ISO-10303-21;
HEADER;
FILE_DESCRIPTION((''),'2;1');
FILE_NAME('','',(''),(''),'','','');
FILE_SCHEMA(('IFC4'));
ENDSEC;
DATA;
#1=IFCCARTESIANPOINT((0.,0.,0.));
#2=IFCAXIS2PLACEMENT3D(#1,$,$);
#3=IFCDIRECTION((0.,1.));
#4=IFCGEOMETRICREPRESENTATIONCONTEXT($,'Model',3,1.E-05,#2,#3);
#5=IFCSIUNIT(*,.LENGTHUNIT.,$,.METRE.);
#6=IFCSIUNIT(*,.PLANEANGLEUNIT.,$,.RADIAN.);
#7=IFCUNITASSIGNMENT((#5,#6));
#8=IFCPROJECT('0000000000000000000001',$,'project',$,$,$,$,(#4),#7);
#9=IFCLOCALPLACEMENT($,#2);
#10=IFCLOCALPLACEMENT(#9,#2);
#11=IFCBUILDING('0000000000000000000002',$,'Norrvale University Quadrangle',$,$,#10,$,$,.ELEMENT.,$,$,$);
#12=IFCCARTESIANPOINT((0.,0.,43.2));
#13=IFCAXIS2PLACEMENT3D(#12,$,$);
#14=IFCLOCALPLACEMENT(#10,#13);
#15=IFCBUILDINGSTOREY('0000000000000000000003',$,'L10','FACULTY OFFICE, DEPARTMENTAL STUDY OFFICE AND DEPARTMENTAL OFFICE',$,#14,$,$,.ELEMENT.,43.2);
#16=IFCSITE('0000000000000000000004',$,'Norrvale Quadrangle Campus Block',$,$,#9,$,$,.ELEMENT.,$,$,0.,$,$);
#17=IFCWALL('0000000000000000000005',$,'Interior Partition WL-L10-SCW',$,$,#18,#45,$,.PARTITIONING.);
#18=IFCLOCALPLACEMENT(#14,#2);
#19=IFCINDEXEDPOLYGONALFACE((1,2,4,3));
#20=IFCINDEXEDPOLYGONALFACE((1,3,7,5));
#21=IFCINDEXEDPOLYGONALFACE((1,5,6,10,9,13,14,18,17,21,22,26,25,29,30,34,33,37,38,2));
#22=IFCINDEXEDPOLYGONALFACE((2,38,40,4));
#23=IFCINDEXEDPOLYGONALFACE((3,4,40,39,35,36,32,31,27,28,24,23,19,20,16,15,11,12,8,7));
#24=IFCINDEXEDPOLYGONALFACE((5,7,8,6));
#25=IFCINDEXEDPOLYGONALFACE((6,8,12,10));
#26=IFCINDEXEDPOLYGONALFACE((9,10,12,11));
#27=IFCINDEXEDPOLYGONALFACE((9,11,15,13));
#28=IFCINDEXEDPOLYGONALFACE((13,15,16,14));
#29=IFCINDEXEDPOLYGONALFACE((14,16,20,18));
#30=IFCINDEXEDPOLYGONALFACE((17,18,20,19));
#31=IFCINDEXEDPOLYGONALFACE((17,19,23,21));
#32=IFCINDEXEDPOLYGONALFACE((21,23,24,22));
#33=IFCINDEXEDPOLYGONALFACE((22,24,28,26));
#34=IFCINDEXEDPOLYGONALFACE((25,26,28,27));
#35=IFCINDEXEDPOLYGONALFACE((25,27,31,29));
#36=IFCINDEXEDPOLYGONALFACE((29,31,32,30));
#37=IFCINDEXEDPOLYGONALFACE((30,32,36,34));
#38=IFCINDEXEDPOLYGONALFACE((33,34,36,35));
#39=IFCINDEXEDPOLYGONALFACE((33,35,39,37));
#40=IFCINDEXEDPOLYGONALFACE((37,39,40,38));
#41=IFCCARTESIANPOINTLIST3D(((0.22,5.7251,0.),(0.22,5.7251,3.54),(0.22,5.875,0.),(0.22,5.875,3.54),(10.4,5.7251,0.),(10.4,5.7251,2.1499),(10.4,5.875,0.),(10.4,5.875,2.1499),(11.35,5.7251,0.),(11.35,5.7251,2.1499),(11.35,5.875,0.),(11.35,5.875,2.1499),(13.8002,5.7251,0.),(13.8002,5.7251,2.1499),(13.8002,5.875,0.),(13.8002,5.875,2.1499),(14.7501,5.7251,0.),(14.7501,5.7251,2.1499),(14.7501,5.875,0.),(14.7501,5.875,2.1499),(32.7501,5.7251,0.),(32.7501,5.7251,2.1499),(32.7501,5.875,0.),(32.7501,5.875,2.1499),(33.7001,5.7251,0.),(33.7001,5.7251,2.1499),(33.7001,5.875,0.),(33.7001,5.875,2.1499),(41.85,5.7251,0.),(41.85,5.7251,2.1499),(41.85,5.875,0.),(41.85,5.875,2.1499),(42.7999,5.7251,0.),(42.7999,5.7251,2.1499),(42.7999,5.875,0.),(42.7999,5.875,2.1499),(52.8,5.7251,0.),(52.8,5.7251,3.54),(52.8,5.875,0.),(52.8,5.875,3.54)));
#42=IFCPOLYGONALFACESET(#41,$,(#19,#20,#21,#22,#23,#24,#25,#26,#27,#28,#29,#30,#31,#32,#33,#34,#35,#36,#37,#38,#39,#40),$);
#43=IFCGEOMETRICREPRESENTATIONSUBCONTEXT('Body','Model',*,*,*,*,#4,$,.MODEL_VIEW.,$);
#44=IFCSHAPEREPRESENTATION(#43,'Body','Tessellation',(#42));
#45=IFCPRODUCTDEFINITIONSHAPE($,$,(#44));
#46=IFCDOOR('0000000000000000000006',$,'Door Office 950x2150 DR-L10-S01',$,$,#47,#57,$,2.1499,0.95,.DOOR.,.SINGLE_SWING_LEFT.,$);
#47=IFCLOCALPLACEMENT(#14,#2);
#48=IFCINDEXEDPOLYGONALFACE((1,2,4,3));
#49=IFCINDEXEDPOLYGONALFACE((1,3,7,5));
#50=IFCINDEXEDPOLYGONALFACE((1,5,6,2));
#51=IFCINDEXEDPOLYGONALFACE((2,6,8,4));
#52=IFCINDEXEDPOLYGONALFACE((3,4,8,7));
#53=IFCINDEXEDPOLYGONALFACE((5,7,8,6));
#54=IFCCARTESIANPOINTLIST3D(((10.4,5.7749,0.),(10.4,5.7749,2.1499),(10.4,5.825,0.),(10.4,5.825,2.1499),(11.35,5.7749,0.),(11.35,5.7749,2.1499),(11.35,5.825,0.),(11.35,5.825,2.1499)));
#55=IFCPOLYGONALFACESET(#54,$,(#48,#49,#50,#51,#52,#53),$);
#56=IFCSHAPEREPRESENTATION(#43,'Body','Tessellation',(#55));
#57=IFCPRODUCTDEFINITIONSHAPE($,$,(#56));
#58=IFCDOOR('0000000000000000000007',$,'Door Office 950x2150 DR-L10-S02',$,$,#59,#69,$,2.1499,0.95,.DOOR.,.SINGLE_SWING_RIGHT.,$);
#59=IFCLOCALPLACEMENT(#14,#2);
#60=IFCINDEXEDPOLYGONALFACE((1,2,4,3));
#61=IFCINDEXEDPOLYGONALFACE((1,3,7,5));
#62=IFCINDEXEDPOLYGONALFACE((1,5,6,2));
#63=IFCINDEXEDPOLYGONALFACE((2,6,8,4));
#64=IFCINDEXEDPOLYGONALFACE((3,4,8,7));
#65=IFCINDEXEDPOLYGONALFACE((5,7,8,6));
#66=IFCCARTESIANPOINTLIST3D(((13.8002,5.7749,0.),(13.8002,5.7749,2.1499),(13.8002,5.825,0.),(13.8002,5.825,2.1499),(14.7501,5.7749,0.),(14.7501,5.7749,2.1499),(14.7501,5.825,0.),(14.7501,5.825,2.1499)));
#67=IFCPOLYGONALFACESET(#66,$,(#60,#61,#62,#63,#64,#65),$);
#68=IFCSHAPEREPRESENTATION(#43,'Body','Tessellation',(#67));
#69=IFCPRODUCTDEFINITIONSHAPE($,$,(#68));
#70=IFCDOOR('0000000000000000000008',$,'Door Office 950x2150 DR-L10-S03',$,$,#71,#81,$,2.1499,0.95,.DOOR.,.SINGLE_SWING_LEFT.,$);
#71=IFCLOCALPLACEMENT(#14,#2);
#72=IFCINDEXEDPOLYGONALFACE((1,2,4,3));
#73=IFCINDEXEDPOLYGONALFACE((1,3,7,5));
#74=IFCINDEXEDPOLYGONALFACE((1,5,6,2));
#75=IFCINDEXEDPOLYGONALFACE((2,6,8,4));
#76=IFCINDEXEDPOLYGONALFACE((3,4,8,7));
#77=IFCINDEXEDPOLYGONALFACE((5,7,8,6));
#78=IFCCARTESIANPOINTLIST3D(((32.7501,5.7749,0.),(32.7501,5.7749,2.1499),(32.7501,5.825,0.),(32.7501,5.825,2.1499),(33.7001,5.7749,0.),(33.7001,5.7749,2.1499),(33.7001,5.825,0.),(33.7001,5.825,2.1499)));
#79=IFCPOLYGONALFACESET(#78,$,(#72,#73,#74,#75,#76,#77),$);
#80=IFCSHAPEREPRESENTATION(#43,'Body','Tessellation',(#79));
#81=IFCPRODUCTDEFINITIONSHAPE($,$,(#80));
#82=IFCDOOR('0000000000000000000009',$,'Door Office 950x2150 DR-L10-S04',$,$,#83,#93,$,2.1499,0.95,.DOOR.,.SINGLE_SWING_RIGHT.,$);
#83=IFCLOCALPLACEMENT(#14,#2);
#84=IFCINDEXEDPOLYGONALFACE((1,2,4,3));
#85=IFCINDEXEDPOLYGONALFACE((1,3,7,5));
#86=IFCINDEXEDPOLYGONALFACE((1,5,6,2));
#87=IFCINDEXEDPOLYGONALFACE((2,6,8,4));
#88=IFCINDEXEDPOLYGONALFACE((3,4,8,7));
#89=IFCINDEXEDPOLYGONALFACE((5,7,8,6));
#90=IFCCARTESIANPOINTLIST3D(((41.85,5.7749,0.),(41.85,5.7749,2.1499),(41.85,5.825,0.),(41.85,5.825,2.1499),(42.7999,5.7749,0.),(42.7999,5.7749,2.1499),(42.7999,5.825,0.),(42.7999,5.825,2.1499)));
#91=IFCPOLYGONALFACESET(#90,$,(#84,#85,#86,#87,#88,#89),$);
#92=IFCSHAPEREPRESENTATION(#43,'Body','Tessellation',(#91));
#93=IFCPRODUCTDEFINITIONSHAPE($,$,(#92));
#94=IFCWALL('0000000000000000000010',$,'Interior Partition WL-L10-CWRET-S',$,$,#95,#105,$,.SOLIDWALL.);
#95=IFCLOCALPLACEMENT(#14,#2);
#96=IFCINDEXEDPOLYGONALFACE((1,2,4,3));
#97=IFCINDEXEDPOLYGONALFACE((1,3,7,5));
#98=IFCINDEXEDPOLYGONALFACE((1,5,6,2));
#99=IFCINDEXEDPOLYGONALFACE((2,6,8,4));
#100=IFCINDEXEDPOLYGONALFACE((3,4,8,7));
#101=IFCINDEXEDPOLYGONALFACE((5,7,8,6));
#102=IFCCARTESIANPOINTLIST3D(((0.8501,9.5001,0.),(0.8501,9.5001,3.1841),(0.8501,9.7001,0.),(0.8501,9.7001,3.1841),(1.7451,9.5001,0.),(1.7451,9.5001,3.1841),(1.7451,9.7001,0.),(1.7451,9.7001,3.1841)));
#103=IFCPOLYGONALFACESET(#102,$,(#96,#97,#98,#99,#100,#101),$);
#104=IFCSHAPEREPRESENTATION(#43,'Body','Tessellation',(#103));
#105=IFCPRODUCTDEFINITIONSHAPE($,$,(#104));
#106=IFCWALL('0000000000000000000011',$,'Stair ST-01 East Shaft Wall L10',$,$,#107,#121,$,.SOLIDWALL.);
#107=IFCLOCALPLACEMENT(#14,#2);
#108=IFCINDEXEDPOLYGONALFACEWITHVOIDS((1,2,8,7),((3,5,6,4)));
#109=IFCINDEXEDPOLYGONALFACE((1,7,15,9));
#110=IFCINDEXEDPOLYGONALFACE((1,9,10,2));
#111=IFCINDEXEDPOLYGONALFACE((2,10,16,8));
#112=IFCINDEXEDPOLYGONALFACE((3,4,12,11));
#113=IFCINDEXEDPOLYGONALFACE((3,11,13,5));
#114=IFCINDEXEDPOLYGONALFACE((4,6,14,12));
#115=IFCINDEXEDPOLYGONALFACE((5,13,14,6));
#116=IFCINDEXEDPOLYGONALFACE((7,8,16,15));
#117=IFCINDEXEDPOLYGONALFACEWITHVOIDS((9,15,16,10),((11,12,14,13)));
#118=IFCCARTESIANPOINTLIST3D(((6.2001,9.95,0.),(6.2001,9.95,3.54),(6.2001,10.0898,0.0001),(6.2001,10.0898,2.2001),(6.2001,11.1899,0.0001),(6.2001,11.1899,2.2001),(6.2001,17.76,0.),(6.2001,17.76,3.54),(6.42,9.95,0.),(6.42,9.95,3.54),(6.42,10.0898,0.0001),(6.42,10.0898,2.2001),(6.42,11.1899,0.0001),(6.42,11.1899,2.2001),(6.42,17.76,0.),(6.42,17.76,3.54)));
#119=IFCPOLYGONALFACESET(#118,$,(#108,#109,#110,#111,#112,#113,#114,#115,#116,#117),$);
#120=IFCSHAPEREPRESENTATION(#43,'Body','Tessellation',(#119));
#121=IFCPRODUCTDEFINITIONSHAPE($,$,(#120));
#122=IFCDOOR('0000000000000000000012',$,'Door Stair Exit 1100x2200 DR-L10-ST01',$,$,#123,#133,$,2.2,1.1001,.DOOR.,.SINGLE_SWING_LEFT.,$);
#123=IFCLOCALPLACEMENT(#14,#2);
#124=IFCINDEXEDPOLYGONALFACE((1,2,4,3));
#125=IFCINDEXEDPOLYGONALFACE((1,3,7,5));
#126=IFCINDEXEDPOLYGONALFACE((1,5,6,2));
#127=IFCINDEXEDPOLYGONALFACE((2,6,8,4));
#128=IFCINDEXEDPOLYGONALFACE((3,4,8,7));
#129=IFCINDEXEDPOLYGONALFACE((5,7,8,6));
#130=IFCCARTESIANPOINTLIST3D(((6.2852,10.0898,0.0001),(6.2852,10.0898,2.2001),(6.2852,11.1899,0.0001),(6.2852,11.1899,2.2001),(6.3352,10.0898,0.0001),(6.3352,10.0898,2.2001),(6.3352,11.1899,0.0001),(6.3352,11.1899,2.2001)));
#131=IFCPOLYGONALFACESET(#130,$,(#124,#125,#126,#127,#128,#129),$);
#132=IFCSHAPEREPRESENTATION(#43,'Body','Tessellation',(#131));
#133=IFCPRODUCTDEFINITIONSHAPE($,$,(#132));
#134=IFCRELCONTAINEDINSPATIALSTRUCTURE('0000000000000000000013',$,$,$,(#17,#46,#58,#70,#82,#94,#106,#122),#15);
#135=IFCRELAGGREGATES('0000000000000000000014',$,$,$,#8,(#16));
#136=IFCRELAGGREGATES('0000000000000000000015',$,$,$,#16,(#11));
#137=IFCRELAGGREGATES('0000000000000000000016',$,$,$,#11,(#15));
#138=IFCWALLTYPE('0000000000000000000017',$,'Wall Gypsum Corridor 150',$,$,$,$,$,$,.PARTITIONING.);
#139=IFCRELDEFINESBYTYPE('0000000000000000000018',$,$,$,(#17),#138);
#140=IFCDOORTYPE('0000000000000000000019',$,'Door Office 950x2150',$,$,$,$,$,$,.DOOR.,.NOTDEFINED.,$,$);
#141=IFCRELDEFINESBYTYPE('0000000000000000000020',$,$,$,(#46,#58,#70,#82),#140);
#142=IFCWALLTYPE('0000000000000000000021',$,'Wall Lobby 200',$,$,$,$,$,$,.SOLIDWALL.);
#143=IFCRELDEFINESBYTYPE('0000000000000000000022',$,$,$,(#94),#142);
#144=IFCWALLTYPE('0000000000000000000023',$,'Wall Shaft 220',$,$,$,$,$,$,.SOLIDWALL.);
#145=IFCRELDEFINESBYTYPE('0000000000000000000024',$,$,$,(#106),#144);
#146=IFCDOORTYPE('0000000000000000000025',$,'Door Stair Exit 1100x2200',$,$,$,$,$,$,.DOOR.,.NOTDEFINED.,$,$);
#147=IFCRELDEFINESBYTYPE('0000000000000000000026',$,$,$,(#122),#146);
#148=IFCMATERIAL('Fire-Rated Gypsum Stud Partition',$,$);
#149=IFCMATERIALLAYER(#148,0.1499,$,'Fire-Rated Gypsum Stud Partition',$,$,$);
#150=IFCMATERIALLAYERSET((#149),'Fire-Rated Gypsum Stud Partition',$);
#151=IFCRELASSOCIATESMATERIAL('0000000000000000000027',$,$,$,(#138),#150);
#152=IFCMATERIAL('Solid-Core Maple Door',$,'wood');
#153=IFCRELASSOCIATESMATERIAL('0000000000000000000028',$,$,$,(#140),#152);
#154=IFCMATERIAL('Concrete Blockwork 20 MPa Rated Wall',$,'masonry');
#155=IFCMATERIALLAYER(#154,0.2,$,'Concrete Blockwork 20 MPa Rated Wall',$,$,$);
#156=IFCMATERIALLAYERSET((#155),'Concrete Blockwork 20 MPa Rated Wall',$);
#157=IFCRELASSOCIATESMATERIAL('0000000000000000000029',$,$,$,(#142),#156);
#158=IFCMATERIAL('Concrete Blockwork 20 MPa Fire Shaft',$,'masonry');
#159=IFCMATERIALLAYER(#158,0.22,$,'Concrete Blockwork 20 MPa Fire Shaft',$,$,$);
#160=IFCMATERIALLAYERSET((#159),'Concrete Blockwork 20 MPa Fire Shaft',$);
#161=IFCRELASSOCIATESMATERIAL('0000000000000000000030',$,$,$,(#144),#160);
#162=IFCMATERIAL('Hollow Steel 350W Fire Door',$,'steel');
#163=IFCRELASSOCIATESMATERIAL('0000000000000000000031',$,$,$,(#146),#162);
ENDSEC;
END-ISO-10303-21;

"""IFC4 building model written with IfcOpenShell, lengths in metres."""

from ifc_helpers import new_model, si_unit, direction, frame, frame_2d, origin, place, context, subcontext, project, spatial, rectangle, extrude, material, layer, layer_set, type_object, element, fill, save


model = new_model("IFC4")

# Units and contexts
model_context = context("Model", 3, precision=1e-05, world=origin(), true_north=direction((0.0, 1.0)))
body_context = subcontext(model_context, "Body", "Model", "MODEL_VIEW")
ifc_project = project(units=[si_unit("LENGTHUNIT", "METRE"), si_unit("PLANEANGLEUNIT", "RADIAN")], contexts=[model_context])

# Site, building, storey
site_placement = place(None, origin())
site = spatial("IfcSite", under=ifc_project, at=site_placement, Name="Norrvale Quadrangle Campus Block", CompositionType="ELEMENT", RefElevation=0.0)
building_placement = place(site_placement, origin())
building = spatial("IfcBuilding", under=site, at=building_placement, Name="Norrvale University Quadrangle", CompositionType="ELEMENT")
storey_placement = place(building_placement, frame((0.0, 0.0, 43.2)))
storey = spatial("IfcBuildingStorey", under=building, at=storey_placement, Name="L10", Description="FACULTY OFFICE, DEPARTMENTAL STUDY OFFICE AND DEPARTMENTAL OFFICE", CompositionType="ELEMENT", Elevation=43.2)

# Wall, openings, doors
ifc_material_1 = material(Name="Fire-Rated Gypsum Stud Partition")
ifc_layer_1 = layer(ifc_material_1, 0.1499, Name="Fire-Rated Gypsum Stud Partition")
ifc_layer_set_1 = layer_set([ifc_layer_1], Name="Fire-Rated Gypsum Stud Partition")
wall_type_1 = type_object("IfcWallType", Name="Wall Gypsum Corridor 150", PredefinedType="PARTITIONING", material=ifc_layer_set_1)
wall_1_placement = place(storey_placement, frame((0.22, 5.8, 0.0), z_axis=(0.0, 0.0, 1.0), x_axis=(1.0, 0.0, 0.0)))
wall_1 = element("IfcWall", 1, at=wall_1_placement, inside=storey, type_object=wall_type_1, Name="Interior Partition WL-L10-SCW", PredefinedType="PARTITIONING", context=body_context, shape_type="SweptSolid", body=[
    extrude(rectangle(XDim=52.5801, YDim=0.1499, at=frame_2d((26.29, 0.0))), origin(), (0.0, 0.0, 1.0), 3.54),
])
opening_1_placement = place(wall_1_placement, frame((10.1799, 0.0, 0.0)))
opening_1 = element("IfcOpeningElement", 2, at=opening_1_placement, cuts=wall_1, PredefinedType="OPENING", context=body_context, shape_type="SweptSolid", body=[
    extrude(rectangle(XDim=0.95, YDim=2.1499, at=frame_2d((0.4751, 1.075))), frame((0.0, 0.0869, 0.0), z_axis=(0.0, -1.0, 0.0), x_axis=(1.0, 0.0, 0.0)), (0.0, 0.0, 1.0), 0.1738),
])
opening_2_placement = place(wall_1_placement, frame((13.5801, 0.0, 0.0)))
opening_2 = element("IfcOpeningElement", 3, at=opening_2_placement, cuts=wall_1, PredefinedType="OPENING", context=body_context, shape_type="SweptSolid", body=[
    extrude(rectangle(XDim=0.95, YDim=2.1499, at=frame_2d((0.4751, 1.075))), frame((0.0, 0.0869, 0.0), z_axis=(0.0, -1.0, 0.0), x_axis=(1.0, 0.0, 0.0)), (0.0, 0.0, 1.0), 0.1738),
])
opening_3_placement = place(wall_1_placement, frame((32.53, 0.0, 0.0)))
opening_3 = element("IfcOpeningElement", 4, at=opening_3_placement, cuts=wall_1, PredefinedType="OPENING", context=body_context, shape_type="SweptSolid", body=[
    extrude(rectangle(XDim=0.95, YDim=2.1499, at=frame_2d((0.4751, 1.075))), frame((0.0, 0.0869, 0.0), z_axis=(0.0, -1.0, 0.0), x_axis=(1.0, 0.0, 0.0)), (0.0, 0.0, 1.0), 0.1738),
])
opening_4_placement = place(wall_1_placement, frame((41.6299, 0.0, 0.0)))
opening_4 = element("IfcOpeningElement", 5, at=opening_4_placement, cuts=wall_1, PredefinedType="OPENING", context=body_context, shape_type="SweptSolid", body=[
    extrude(rectangle(XDim=0.95, YDim=2.1499, at=frame_2d((0.4751, 1.075))), frame((0.0, 0.0869, 0.0), z_axis=(0.0, -1.0, 0.0), x_axis=(1.0, 0.0, 0.0)), (0.0, 0.0, 1.0), 0.1738),
])
ifc_material_2 = material(Name="Solid-Core Maple Door", Category="wood")
door_type_1 = type_object("IfcDoorType", Name="Door Office 950x2150", OperationType="NOTDEFINED", PredefinedType="DOOR", material=ifc_material_2)
door_1_placement = place(opening_1_placement, origin())
door_1 = element("IfcDoor", 6, at=door_1_placement, inside=storey, type_object=door_type_1, Name="Door Office 950x2150 DR-L10-S01", OperationType="SINGLE_SWING_LEFT", OverallHeight=2.1499, OverallWidth=0.95, PredefinedType="DOOR", context=body_context, shape_type="SweptSolid", body=[
    extrude(rectangle(XDim=0.95, YDim=2.1499, at=frame_2d((0.4751, 1.075))), frame((0.0, 0.0249, 0.0), z_axis=(0.0, -1.0, 0.0), x_axis=(1.0, 0.0, 0.0)), (0.0, 0.0, 1.0), 0.05),
])
fill(opening_1, door_1)
door_2_placement = place(opening_2_placement, origin())
door_2 = element("IfcDoor", 7, at=door_2_placement, inside=storey, type_object=door_type_1, Name="Door Office 950x2150 DR-L10-S02", OperationType="SINGLE_SWING_RIGHT", OverallHeight=2.1499, OverallWidth=0.95, PredefinedType="DOOR", context=body_context, shape_type="SweptSolid", body=[
    extrude(rectangle(XDim=0.95, YDim=2.1499, at=frame_2d((0.4751, 1.075))), frame((0.0, 0.0249, 0.0), z_axis=(0.0, -1.0, 0.0), x_axis=(1.0, 0.0, 0.0)), (0.0, 0.0, 1.0), 0.05),
])
fill(opening_2, door_2)
door_3_placement = place(opening_3_placement, origin())
door_3 = element("IfcDoor", 8, at=door_3_placement, inside=storey, type_object=door_type_1, Name="Door Office 950x2150 DR-L10-S03", OperationType="SINGLE_SWING_LEFT", OverallHeight=2.1499, OverallWidth=0.95, PredefinedType="DOOR", context=body_context, shape_type="SweptSolid", body=[
    extrude(rectangle(XDim=0.95, YDim=2.1499, at=frame_2d((0.4751, 1.075))), frame((0.0, 0.0249, 0.0), z_axis=(0.0, -1.0, 0.0), x_axis=(1.0, 0.0, 0.0)), (0.0, 0.0, 1.0), 0.05),
])
fill(opening_3, door_3)
door_4_placement = place(opening_4_placement, origin())
door_4 = element("IfcDoor", 9, at=door_4_placement, inside=storey, type_object=door_type_1, Name="Door Office 950x2150 DR-L10-S04", OperationType="SINGLE_SWING_RIGHT", OverallHeight=2.1499, OverallWidth=0.95, PredefinedType="DOOR", context=body_context, shape_type="SweptSolid", body=[
    extrude(rectangle(XDim=0.95, YDim=2.1499, at=frame_2d((0.4751, 1.075))), frame((0.0, 0.0249, 0.0), z_axis=(0.0, -1.0, 0.0), x_axis=(1.0, 0.0, 0.0)), (0.0, 0.0, 1.0), 0.05),
])
fill(opening_4, door_4)

# Wall
ifc_material_3 = material(Name="Concrete Blockwork 20 MPa Rated Wall", Category="masonry")
ifc_layer_2 = layer(ifc_material_3, 0.2, Name="Concrete Blockwork 20 MPa Rated Wall")
ifc_layer_set_2 = layer_set([ifc_layer_2], Name="Concrete Blockwork 20 MPa Rated Wall")
wall_type_2 = type_object("IfcWallType", Name="Wall Lobby 200", PredefinedType="SOLIDWALL", material=ifc_layer_set_2)
wall_2_placement = place(storey_placement, frame((0.8501, 9.6001, 0.0), z_axis=(0.0, 0.0, 1.0), x_axis=(1.0, 0.0, 0.0)))
element("IfcWall", 10, at=wall_2_placement, inside=storey, type_object=wall_type_2, Name="Interior Partition WL-L10-CWRET-S", PredefinedType="SOLIDWALL", context=body_context, shape_type="SweptSolid", body=[
    extrude(rectangle(XDim=0.895, YDim=0.2, at=frame_2d((0.4475, 0.0))), origin(), (0.0, 0.0, 1.0), 3.1841),
])

# Wall, opening, door
ifc_material_4 = material(Name="Concrete Blockwork 20 MPa Fire Shaft", Category="masonry")
ifc_layer_3 = layer(ifc_material_4, 0.22, Name="Concrete Blockwork 20 MPa Fire Shaft")
ifc_layer_set_3 = layer_set([ifc_layer_3], Name="Concrete Blockwork 20 MPa Fire Shaft")
wall_type_3 = type_object("IfcWallType", Name="Wall Shaft 220", PredefinedType="SOLIDWALL", material=ifc_layer_set_3)
wall_3_placement = place(storey_placement, frame((6.3101, 9.95, 0.0), z_axis=(0.0, 0.0, 1.0), x_axis=(0.0, 1.0, 0.0)))
wall_3 = element("IfcWall", 11, at=wall_3_placement, inside=storey, type_object=wall_type_3, Name="Stair ST-01 East Shaft Wall L10", PredefinedType="SOLIDWALL", context=body_context, shape_type="SweptSolid", body=[
    extrude(rectangle(XDim=7.8101, YDim=0.22, at=frame_2d((3.905, 0.0))), origin(), (0.0, 0.0, 1.0), 3.54),
])
opening_5_placement = place(wall_3_placement, frame((0.1399, 0.0, 0.0)))
opening_5 = element("IfcOpeningElement", 12, at=opening_5_placement, cuts=wall_3, PredefinedType="OPENING", context=body_context, shape_type="SweptSolid", body=[
    extrude(rectangle(XDim=1.1001, YDim=2.2, at=frame_2d((0.55, 1.1001))), frame((0.0, 0.1221, 0.0), z_axis=(0.0, -1.0, 0.0), x_axis=(1.0, 0.0, 0.0)), (0.0, 0.0, 1.0), 0.2439),
])
ifc_material_5 = material(Name="Hollow Steel 350W Fire Door", Category="steel")
door_type_2 = type_object("IfcDoorType", Name="Door Stair Exit 1100x2200", OperationType="NOTDEFINED", PredefinedType="DOOR", material=ifc_material_5)
door_5_placement = place(opening_5_placement, origin())
door_5 = element("IfcDoor", 13, at=door_5_placement, inside=storey, type_object=door_type_2, Name="Door Stair Exit 1100x2200 DR-L10-ST01", OperationType="SINGLE_SWING_LEFT", OverallHeight=2.2, OverallWidth=1.1001, PredefinedType="DOOR", context=body_context, shape_type="SweptSolid", body=[
    extrude(rectangle(XDim=1.1001, YDim=2.2, at=frame_2d((0.55, 1.1001))), frame((0.0, 0.0249, 0.0), z_axis=(0.0, -1.0, 0.0), x_axis=(1.0, 0.0, 0.0)), (0.0, 0.0, 1.0), 0.05),
])
fill(opening_5, door_5)

save(model, "model.ifc")
